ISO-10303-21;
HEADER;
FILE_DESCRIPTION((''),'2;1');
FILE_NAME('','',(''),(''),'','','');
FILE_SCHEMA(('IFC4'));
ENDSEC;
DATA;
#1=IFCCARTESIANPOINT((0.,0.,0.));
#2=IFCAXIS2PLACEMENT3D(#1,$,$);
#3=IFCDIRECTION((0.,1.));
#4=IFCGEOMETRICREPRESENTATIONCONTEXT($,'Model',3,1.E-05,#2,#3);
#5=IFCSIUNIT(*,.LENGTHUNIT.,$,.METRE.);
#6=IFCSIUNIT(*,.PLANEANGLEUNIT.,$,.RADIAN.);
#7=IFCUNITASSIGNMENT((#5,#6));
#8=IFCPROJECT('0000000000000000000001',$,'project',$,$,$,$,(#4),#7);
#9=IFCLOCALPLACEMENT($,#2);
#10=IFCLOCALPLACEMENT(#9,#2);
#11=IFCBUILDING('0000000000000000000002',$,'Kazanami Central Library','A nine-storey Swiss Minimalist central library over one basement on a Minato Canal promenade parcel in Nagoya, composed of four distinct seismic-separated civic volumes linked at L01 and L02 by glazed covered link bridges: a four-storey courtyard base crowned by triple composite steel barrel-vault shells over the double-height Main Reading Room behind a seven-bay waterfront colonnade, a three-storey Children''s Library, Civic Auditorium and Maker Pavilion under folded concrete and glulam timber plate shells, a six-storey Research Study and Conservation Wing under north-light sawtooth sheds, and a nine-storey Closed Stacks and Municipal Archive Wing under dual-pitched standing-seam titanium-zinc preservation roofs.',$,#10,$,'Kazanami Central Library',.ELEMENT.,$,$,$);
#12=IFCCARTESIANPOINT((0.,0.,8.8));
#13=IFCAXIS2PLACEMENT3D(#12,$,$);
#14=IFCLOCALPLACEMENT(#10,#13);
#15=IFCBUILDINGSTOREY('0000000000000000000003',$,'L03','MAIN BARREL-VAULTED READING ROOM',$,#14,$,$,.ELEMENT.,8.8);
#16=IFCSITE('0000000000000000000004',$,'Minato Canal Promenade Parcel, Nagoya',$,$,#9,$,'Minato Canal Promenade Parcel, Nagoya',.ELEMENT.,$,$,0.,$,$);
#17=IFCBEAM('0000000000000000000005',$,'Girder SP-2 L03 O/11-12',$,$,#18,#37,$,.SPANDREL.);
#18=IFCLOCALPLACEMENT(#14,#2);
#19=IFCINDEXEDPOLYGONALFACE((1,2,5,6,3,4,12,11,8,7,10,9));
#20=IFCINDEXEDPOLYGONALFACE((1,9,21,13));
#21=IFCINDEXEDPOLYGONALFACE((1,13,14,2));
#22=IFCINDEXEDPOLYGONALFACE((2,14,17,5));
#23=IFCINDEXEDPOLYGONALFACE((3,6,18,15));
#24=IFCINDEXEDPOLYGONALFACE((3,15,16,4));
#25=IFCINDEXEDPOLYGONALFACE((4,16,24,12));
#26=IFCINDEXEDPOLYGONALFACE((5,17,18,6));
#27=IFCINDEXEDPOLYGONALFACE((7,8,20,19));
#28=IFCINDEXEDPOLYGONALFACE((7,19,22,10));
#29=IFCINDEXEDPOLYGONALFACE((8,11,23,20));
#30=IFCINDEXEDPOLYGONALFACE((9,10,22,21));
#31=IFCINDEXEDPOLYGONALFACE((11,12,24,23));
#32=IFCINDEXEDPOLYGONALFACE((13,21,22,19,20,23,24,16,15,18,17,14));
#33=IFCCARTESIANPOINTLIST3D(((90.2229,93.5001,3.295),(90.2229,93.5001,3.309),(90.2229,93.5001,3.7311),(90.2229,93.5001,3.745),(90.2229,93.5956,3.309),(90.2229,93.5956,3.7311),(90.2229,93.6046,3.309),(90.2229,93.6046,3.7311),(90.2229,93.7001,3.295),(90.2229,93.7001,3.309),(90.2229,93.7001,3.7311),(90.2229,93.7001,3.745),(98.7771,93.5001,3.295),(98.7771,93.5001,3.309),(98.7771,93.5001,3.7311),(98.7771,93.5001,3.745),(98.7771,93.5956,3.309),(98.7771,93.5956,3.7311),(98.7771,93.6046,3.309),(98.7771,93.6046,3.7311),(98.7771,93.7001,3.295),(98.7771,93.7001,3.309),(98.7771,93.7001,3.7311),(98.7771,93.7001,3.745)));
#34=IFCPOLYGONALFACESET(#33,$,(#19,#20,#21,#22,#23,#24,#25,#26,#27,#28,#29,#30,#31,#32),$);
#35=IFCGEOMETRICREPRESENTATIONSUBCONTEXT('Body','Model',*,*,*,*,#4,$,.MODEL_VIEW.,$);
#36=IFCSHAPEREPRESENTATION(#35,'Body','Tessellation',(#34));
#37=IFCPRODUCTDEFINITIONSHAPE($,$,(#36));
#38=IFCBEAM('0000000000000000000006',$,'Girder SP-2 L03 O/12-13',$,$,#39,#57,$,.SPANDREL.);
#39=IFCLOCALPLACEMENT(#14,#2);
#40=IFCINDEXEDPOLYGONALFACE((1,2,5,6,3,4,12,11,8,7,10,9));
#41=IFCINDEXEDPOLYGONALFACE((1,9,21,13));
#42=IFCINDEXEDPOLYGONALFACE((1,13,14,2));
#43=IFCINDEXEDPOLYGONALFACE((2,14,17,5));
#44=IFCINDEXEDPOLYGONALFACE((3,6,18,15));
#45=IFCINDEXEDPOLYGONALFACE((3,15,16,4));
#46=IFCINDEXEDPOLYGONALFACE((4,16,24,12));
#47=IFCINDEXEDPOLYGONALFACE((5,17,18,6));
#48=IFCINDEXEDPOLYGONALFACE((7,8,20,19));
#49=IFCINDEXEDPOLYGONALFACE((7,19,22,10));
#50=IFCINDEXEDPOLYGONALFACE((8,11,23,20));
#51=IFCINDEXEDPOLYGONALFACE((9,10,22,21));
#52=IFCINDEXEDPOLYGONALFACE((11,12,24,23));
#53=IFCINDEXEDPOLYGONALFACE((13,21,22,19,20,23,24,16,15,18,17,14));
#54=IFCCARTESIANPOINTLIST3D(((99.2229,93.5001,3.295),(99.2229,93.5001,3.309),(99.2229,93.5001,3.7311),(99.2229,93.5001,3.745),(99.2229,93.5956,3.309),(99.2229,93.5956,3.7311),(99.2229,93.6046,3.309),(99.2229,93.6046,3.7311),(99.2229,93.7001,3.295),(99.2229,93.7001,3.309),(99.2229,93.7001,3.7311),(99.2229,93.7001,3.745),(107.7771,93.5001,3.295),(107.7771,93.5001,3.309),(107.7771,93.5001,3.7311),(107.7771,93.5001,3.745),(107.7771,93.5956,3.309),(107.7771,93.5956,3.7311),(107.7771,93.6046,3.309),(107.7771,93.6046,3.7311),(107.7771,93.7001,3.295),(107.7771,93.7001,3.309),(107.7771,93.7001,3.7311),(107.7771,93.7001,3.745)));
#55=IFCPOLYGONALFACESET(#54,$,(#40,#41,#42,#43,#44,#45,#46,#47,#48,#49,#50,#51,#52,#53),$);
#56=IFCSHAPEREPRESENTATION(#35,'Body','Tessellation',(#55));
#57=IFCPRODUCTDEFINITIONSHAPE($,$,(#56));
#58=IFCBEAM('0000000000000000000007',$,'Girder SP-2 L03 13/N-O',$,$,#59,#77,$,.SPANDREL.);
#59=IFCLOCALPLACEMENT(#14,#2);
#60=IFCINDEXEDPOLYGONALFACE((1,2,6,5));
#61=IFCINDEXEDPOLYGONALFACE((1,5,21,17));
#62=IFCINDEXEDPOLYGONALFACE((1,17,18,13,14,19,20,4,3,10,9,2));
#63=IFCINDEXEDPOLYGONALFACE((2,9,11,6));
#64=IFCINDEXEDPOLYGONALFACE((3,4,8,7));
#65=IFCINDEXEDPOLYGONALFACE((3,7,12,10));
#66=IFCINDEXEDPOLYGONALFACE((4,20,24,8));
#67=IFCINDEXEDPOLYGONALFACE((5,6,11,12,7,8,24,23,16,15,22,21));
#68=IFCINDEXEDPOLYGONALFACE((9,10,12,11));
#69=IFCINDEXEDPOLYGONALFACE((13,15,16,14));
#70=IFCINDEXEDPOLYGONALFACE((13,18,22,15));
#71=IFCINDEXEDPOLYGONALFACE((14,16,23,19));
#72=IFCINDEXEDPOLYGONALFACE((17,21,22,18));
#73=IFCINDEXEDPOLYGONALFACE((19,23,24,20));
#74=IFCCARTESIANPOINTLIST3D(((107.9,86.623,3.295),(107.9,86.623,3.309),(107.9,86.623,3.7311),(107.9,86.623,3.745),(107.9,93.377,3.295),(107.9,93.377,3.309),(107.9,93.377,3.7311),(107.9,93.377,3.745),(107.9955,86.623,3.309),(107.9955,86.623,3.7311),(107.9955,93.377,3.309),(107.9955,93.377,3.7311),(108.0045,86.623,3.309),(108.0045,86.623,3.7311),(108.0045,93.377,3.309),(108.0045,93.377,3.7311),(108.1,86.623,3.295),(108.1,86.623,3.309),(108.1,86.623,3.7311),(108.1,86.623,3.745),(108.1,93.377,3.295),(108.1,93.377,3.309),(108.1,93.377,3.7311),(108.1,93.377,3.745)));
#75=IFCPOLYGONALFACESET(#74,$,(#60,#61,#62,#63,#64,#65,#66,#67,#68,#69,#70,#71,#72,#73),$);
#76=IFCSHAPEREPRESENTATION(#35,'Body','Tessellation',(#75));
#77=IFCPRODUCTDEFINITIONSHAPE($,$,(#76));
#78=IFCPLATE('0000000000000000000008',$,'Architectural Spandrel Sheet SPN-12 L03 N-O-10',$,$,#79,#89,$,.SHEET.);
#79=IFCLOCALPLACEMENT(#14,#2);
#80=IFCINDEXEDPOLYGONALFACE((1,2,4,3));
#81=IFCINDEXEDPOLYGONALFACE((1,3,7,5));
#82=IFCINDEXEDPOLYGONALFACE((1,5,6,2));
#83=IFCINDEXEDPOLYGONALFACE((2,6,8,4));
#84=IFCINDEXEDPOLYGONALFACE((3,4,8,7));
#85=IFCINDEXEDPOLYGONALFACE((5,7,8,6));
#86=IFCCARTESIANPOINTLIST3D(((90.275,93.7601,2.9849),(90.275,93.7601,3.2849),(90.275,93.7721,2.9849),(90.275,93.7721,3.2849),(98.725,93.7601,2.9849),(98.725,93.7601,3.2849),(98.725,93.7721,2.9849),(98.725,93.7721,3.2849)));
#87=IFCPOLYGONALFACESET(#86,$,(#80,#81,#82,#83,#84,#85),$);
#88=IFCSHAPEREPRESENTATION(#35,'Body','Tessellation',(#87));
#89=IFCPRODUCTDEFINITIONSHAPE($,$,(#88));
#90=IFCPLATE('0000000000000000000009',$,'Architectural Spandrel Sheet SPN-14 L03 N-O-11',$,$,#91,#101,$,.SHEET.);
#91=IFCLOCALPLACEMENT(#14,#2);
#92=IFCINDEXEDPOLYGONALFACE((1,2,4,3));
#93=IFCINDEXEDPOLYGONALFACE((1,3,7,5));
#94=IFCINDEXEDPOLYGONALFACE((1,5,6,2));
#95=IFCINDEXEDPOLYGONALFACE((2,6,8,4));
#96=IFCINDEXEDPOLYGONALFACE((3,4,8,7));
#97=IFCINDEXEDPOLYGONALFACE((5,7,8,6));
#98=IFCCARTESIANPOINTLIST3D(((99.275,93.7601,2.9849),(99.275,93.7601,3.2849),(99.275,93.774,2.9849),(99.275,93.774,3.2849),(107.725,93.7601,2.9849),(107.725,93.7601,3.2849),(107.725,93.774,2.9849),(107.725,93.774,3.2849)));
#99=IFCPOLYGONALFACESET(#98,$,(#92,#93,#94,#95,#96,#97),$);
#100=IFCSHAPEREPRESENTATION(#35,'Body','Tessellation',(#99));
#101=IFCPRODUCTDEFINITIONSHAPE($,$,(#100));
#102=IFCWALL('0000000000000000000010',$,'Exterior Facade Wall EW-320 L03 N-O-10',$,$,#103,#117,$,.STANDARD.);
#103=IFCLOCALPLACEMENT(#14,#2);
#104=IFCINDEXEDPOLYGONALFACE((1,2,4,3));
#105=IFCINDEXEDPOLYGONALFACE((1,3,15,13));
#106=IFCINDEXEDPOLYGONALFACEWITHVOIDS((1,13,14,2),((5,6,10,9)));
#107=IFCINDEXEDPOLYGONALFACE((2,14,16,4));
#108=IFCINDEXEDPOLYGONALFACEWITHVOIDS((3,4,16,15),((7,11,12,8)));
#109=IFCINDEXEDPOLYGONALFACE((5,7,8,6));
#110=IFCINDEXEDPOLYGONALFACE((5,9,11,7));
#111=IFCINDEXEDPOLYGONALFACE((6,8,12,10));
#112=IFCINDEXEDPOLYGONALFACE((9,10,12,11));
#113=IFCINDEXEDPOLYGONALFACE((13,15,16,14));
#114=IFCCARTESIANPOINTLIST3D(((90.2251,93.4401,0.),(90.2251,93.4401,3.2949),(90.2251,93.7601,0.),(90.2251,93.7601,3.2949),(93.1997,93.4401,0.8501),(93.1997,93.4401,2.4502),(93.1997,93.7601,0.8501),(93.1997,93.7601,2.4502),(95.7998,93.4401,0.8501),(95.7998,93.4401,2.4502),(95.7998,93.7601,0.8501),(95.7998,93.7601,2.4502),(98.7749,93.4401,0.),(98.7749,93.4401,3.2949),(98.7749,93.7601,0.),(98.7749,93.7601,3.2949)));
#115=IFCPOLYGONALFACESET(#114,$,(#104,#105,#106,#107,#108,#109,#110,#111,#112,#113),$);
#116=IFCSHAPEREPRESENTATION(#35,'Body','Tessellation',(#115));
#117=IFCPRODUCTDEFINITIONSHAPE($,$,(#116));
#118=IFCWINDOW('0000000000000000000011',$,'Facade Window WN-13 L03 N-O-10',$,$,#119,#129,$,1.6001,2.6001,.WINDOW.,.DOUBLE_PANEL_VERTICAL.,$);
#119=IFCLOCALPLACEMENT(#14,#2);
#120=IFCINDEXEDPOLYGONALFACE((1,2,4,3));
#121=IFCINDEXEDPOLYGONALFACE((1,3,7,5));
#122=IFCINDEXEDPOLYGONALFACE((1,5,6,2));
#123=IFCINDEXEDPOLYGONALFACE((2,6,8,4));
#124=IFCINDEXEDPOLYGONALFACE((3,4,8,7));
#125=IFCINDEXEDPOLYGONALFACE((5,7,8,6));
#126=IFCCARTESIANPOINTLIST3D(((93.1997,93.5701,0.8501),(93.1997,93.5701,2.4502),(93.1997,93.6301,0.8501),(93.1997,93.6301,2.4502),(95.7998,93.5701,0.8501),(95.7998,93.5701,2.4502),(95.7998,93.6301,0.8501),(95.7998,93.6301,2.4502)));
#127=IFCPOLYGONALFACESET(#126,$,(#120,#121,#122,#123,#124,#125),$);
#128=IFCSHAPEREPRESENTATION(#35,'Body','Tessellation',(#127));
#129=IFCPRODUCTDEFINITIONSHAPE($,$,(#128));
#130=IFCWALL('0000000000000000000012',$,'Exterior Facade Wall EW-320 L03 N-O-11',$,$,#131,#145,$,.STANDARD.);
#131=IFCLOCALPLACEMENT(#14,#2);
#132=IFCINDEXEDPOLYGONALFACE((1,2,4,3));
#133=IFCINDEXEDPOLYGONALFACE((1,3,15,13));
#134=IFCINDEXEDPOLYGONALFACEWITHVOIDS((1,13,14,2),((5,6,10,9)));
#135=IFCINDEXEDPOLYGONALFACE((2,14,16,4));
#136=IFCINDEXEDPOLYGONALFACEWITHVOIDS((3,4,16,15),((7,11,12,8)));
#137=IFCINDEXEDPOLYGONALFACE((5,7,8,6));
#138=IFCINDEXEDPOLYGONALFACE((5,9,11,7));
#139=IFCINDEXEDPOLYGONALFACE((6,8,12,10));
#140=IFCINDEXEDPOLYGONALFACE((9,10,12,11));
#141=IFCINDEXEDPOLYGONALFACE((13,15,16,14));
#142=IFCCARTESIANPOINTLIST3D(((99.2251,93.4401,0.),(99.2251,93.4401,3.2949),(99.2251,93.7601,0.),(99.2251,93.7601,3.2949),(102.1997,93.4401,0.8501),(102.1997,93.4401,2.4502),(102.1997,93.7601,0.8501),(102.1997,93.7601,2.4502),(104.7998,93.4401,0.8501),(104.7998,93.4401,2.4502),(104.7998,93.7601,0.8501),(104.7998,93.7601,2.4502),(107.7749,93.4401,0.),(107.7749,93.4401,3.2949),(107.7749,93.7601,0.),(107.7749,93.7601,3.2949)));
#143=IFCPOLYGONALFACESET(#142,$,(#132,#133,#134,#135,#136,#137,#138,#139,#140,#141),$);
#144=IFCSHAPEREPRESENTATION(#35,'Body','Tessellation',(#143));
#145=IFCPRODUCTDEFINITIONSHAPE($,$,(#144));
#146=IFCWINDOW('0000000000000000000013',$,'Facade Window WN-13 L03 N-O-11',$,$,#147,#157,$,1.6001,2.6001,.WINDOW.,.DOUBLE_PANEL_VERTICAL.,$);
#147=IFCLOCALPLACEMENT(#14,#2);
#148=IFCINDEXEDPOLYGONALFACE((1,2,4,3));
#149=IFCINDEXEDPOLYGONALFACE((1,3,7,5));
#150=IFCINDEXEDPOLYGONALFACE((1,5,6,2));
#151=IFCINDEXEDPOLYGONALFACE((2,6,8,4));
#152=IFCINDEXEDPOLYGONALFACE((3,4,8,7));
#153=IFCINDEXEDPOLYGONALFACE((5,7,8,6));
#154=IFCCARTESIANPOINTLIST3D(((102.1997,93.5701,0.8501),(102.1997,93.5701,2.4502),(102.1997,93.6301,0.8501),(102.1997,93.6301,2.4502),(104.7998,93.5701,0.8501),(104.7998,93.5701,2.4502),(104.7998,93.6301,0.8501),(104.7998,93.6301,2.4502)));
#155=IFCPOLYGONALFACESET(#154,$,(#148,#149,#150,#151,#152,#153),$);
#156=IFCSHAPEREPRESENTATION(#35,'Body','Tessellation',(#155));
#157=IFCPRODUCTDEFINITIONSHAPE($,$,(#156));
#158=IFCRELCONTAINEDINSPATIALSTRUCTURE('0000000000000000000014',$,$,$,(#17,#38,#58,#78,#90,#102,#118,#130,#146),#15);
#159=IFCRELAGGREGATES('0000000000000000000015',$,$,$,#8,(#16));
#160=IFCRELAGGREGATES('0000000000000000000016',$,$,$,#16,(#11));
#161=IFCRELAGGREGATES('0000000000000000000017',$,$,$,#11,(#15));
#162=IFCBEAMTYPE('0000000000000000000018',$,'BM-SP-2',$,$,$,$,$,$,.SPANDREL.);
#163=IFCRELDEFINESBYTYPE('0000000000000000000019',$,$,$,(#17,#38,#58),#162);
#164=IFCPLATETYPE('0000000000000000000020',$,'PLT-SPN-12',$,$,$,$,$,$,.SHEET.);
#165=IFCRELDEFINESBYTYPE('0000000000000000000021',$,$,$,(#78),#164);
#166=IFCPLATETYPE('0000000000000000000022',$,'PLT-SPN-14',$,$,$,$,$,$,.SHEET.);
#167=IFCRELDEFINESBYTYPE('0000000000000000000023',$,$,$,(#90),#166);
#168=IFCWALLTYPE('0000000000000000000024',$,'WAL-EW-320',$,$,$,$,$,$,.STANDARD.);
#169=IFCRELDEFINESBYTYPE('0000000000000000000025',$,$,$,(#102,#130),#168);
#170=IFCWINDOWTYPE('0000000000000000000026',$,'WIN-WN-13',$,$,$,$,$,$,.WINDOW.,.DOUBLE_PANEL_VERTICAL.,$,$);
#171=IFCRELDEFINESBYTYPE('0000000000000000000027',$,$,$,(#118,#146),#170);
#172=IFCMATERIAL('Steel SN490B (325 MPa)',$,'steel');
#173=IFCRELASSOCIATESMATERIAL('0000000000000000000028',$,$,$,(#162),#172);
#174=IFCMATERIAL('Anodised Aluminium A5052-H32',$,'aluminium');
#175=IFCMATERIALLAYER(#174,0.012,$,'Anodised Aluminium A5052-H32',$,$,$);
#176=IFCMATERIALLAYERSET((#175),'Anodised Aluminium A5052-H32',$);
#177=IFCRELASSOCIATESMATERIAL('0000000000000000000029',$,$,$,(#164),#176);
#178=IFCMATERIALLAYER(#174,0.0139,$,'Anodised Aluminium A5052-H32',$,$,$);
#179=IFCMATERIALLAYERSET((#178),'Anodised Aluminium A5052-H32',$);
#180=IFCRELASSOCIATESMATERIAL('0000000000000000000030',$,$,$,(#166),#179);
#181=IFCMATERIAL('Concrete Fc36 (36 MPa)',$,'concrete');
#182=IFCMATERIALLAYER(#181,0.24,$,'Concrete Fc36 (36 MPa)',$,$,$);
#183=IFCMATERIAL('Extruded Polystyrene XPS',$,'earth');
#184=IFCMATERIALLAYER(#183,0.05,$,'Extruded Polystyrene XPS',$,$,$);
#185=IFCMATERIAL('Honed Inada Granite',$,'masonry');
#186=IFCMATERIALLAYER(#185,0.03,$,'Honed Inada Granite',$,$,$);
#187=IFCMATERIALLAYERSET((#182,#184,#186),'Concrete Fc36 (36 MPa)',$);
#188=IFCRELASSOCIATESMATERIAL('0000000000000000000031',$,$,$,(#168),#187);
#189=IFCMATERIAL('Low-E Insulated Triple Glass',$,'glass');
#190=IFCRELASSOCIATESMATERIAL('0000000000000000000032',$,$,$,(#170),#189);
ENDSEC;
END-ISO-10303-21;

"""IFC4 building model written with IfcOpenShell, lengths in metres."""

from ifc_helpers import new_model, si_unit, direction, frame, frame_2d, origin, origin_2d, place, context, subcontext, project, spatial, rectangle, i_section, extrude, material, layer, layer_set, material_profile, profile_set, type_object, element, fill, save


model = new_model("IFC4")

# Units and contexts
model_context = context("Model", 3, precision=1e-05, world=origin(), true_north=direction((0.0, 1.0)))
body_context = subcontext(model_context, "Body", "Model", "MODEL_VIEW")
ifc_project = project(units=[si_unit("LENGTHUNIT", "METRE"), si_unit("PLANEANGLEUNIT", "RADIAN")], contexts=[model_context])

# Site, building, storey
site_placement = place(None, origin())
site = spatial("IfcSite", under=ifc_project, at=site_placement, Name="Minato Canal Promenade Parcel, Nagoya", LongName="Minato Canal Promenade Parcel, Nagoya", CompositionType="ELEMENT", RefElevation=0.0)
building_placement = place(site_placement, origin())
building = spatial("IfcBuilding", under=site, at=building_placement, Name="Kazanami Central Library", Description="A nine-storey Swiss Minimalist central library over one basement on a Minato Canal promenade parcel in Nagoya, composed of four distinct seismic-separated civic volumes linked at L01 and L02 by glazed covered link bridges: a four-storey courtyard base crowned by triple composite steel barrel-vault shells over the double-height Main Reading Room behind a seven-bay waterfront colonnade, a three-storey Children's Library, Civic Auditorium and Maker Pavilion under folded concrete and glulam timber plate shells, a six-storey Research Study and Conservation Wing under north-light sawtooth sheds, and a nine-storey Closed Stacks and Municipal Archive Wing under dual-pitched standing-seam titanium-zinc preservation roofs.", LongName="Kazanami Central Library", CompositionType="ELEMENT")
storey_placement = place(building_placement, frame((0.0, 0.0, 8.8)))
storey = spatial("IfcBuildingStorey", under=building, at=storey_placement, Name="L03", Description="MAIN BARREL-VAULTED READING ROOM", CompositionType="ELEMENT", Elevation=8.8)

# Beams
ifc_material_1 = material(Name="Steel SN490B (325 MPa)", Category="steel")
ifc_material_profile_1 = material_profile(ifc_material_1, i_section(OverallWidth=0.2, OverallDepth=0.45, WebThickness=0.009, FlangeThickness=0.0139, at=origin_2d()), Name="H-450x200x9x14")
ifc_profile_set_1 = profile_set([ifc_material_profile_1], Name="Steel SN490B (325 MPa)")
beam_type_1 = type_object("IfcBeamType", Name="BM-SP-2", PredefinedType="SPANDREL", material=ifc_profile_set_1)
for number, where, z_axis, x_axis, name in (
    (1, (90.2229, 93.6001, 3.52), (1.0, 0.0, 0.0), (0.0, 1.0, 0.0), "Girder SP-2 L03 O/11-12"),
    (2, (99.2229, 93.6001, 3.52), (1.0, 0.0, 0.0), (0.0, 1.0, 0.0), "Girder SP-2 L03 O/12-13"),
):
    element("IfcBeam", number, at=place(storey_placement, frame(where, z_axis=z_axis, x_axis=x_axis)), inside=storey, type_object=beam_type_1, Name=name, PredefinedType="SPANDREL", context=body_context, shape_type="SweptSolid", body=[
        extrude(i_section(OverallWidth=0.2, OverallDepth=0.45, WebThickness=0.009, FlangeThickness=0.0139, at=origin_2d()), origin(), (0.0, 0.0, 1.0), 8.5542),
    ])
beam_1_placement = place(storey_placement, frame((108.0, 86.623, 3.52), z_axis=(0.0, 1.0, 0.0), x_axis=(-1.0, 0.0, 0.0)))
element("IfcBeam", 3, at=beam_1_placement, inside=storey, type_object=beam_type_1, Name="Girder SP-2 L03 13/N-O", PredefinedType="SPANDREL", context=body_context, shape_type="SweptSolid", body=[
    extrude(i_section(OverallWidth=0.2, OverallDepth=0.45, WebThickness=0.009, FlangeThickness=0.0139, at=origin_2d()), origin(), (0.0, 0.0, 1.0), 6.7539),
])

# Plates
ifc_material_2 = material(Name="Anodised Aluminium A5052-H32", Category="aluminium")
ifc_layer_1 = layer(ifc_material_2, 0.012, Name="Anodised Aluminium A5052-H32")
ifc_layer_set_1 = layer_set([ifc_layer_1], Name="Anodised Aluminium A5052-H32")
plate_type_1 = type_object("IfcPlateType", Name="PLT-SPN-12", PredefinedType="SHEET", material=ifc_layer_set_1)
plate_1_placement = place(storey_placement, frame((94.5, 93.7661, 2.9849), z_axis=(0.0, 0.0, 1.0), x_axis=(-1.0, 0.0, 0.0)))
element("IfcPlate", 4, at=plate_1_placement, inside=storey, type_object=plate_type_1, Name="Architectural Spandrel Sheet SPN-12 L03 N-O-10", PredefinedType="SHEET", context=body_context, shape_type="SweptSolid", body=[
    extrude(rectangle(XDim=8.45, YDim=0.012, at=origin_2d()), origin(), (0.0, 0.0, 1.0), 0.3),
])
ifc_layer_2 = layer(ifc_material_2, 0.0139, Name="Anodised Aluminium A5052-H32")
ifc_layer_set_2 = layer_set([ifc_layer_2], Name="Anodised Aluminium A5052-H32")
plate_type_2 = type_object("IfcPlateType", Name="PLT-SPN-14", PredefinedType="SHEET", material=ifc_layer_set_2)
plate_2_placement = place(storey_placement, frame((103.5, 93.7671, 2.9849), z_axis=(0.0, 0.0, 1.0), x_axis=(-1.0, 0.0, 0.0)))
element("IfcPlate", 5, at=plate_2_placement, inside=storey, type_object=plate_type_2, Name="Architectural Spandrel Sheet SPN-14 L03 N-O-11", PredefinedType="SHEET", context=body_context, shape_type="SweptSolid", body=[
    extrude(rectangle(XDim=8.45, YDim=0.0139, at=origin_2d()), origin(), (0.0, 0.0, 1.0), 0.3),
])

# Walls, openings, windows
ifc_material_3 = material(Name="Concrete Fc36 (36 MPa)", Category="concrete")
ifc_layer_3 = layer(ifc_material_3, 0.24, Name="Concrete Fc36 (36 MPa)")
ifc_material_4 = material(Name="Extruded Polystyrene XPS", Category="earth")
ifc_layer_4 = layer(ifc_material_4, 0.05, Name="Extruded Polystyrene XPS")
ifc_material_5 = material(Name="Honed Inada Granite", Category="masonry")
ifc_layer_5 = layer(ifc_material_5, 0.03, Name="Honed Inada Granite")
ifc_layer_set_3 = layer_set([ifc_layer_3, ifc_layer_4, ifc_layer_5], Name="Concrete Fc36 (36 MPa)")
wall_type_1 = type_object("IfcWallType", Name="WAL-EW-320", PredefinedType="STANDARD", material=ifc_layer_set_3)
wall_1_placement = place(storey_placement, frame((98.7749, 93.6001, 0.0), z_axis=(0.0, 0.0, 1.0), x_axis=(-1.0, 0.0, 0.0)))
wall_1 = element("IfcWall", 6, at=wall_1_placement, inside=storey, type_object=wall_type_1, Name="Exterior Facade Wall EW-320 L03 N-O-10", PredefinedType="STANDARD", context=body_context, shape_type="SweptSolid", body=[
    extrude(rectangle(XDim=8.5498, YDim=0.3201, at=frame_2d((4.2749, 0.0))), origin(), (0.0, 0.0, 1.0), 3.2949),
])
opening_1_placement = place(wall_1_placement, frame((2.9751, 0.0, 0.8501)))
opening_1 = element("IfcOpeningElement", 7, at=opening_1_placement, cuts=wall_1, PredefinedType="OPENING", context=body_context, shape_type="SweptSolid", body=[
    extrude(rectangle(XDim=2.6001, YDim=1.6001, at=frame_2d((1.3, 0.8))), frame((0.0, 0.1719, 0.0), z_axis=(0.0, -1.0, 0.0), x_axis=(1.0, 0.0, 0.0)), (0.0, 0.0, 1.0), 0.344),
])
ifc_material_6 = material(Name="Low-E Insulated Triple Glass", Category="glass")
window_type = type_object("IfcWindowType", Name="WIN-WN-13", PartitioningType="DOUBLE_PANEL_VERTICAL", PredefinedType="WINDOW", material=ifc_material_6)
window_1_placement = place(opening_1_placement, origin())
window_1 = element("IfcWindow", 8, at=window_1_placement, inside=storey, type_object=window_type, Name="Facade Window WN-13 L03 N-O-10", OverallHeight=1.6001, OverallWidth=2.6001, PartitioningType="DOUBLE_PANEL_VERTICAL", PredefinedType="WINDOW", context=body_context, shape_type="SweptSolid", body=[
    extrude(rectangle(XDim=2.6001, YDim=1.6001, at=frame_2d((1.3, 0.8))), frame((0.0, 0.03, 0.0), z_axis=(0.0, -1.0, 0.0), x_axis=(1.0, 0.0, 0.0)), (0.0, 0.0, 1.0), 0.0601),
])
fill(opening_1, window_1)
wall_2_placement = place(storey_placement, frame((107.7749, 93.6001, 0.0), z_axis=(0.0, 0.0, 1.0), x_axis=(-1.0, 0.0, 0.0)))
wall_2 = element("IfcWall", 9, at=wall_2_placement, inside=storey, type_object=wall_type_1, Name="Exterior Facade Wall EW-320 L03 N-O-11", PredefinedType="STANDARD", context=body_context, shape_type="SweptSolid", body=[
    extrude(rectangle(XDim=8.5498, YDim=0.3201, at=frame_2d((4.2749, 0.0))), origin(), (0.0, 0.0, 1.0), 3.2949),
])
opening_2_placement = place(wall_2_placement, frame((2.9751, 0.0, 0.8501)))
opening_2 = element("IfcOpeningElement", 10, at=opening_2_placement, cuts=wall_2, PredefinedType="OPENING", context=body_context, shape_type="SweptSolid", body=[
    extrude(rectangle(XDim=2.6001, YDim=1.6001, at=frame_2d((1.3, 0.8))), frame((0.0, 0.1719, 0.0), z_axis=(0.0, -1.0, 0.0), x_axis=(1.0, 0.0, 0.0)), (0.0, 0.0, 1.0), 0.344),
])
window_2_placement = place(opening_2_placement, origin())
window_2 = element("IfcWindow", 11, at=window_2_placement, inside=storey, type_object=window_type, Name="Facade Window WN-13 L03 N-O-11", OverallHeight=1.6001, OverallWidth=2.6001, PartitioningType="DOUBLE_PANEL_VERTICAL", PredefinedType="WINDOW", context=body_context, shape_type="SweptSolid", body=[
    extrude(rectangle(XDim=2.6001, YDim=1.6001, at=frame_2d((1.3, 0.8))), frame((0.0, 0.03, 0.0), z_axis=(0.0, -1.0, 0.0), x_axis=(1.0, 0.0, 0.0)), (0.0, 0.0, 1.0), 0.0601),
])
fill(opening_2, window_2)

save(model, "model.ifc")
